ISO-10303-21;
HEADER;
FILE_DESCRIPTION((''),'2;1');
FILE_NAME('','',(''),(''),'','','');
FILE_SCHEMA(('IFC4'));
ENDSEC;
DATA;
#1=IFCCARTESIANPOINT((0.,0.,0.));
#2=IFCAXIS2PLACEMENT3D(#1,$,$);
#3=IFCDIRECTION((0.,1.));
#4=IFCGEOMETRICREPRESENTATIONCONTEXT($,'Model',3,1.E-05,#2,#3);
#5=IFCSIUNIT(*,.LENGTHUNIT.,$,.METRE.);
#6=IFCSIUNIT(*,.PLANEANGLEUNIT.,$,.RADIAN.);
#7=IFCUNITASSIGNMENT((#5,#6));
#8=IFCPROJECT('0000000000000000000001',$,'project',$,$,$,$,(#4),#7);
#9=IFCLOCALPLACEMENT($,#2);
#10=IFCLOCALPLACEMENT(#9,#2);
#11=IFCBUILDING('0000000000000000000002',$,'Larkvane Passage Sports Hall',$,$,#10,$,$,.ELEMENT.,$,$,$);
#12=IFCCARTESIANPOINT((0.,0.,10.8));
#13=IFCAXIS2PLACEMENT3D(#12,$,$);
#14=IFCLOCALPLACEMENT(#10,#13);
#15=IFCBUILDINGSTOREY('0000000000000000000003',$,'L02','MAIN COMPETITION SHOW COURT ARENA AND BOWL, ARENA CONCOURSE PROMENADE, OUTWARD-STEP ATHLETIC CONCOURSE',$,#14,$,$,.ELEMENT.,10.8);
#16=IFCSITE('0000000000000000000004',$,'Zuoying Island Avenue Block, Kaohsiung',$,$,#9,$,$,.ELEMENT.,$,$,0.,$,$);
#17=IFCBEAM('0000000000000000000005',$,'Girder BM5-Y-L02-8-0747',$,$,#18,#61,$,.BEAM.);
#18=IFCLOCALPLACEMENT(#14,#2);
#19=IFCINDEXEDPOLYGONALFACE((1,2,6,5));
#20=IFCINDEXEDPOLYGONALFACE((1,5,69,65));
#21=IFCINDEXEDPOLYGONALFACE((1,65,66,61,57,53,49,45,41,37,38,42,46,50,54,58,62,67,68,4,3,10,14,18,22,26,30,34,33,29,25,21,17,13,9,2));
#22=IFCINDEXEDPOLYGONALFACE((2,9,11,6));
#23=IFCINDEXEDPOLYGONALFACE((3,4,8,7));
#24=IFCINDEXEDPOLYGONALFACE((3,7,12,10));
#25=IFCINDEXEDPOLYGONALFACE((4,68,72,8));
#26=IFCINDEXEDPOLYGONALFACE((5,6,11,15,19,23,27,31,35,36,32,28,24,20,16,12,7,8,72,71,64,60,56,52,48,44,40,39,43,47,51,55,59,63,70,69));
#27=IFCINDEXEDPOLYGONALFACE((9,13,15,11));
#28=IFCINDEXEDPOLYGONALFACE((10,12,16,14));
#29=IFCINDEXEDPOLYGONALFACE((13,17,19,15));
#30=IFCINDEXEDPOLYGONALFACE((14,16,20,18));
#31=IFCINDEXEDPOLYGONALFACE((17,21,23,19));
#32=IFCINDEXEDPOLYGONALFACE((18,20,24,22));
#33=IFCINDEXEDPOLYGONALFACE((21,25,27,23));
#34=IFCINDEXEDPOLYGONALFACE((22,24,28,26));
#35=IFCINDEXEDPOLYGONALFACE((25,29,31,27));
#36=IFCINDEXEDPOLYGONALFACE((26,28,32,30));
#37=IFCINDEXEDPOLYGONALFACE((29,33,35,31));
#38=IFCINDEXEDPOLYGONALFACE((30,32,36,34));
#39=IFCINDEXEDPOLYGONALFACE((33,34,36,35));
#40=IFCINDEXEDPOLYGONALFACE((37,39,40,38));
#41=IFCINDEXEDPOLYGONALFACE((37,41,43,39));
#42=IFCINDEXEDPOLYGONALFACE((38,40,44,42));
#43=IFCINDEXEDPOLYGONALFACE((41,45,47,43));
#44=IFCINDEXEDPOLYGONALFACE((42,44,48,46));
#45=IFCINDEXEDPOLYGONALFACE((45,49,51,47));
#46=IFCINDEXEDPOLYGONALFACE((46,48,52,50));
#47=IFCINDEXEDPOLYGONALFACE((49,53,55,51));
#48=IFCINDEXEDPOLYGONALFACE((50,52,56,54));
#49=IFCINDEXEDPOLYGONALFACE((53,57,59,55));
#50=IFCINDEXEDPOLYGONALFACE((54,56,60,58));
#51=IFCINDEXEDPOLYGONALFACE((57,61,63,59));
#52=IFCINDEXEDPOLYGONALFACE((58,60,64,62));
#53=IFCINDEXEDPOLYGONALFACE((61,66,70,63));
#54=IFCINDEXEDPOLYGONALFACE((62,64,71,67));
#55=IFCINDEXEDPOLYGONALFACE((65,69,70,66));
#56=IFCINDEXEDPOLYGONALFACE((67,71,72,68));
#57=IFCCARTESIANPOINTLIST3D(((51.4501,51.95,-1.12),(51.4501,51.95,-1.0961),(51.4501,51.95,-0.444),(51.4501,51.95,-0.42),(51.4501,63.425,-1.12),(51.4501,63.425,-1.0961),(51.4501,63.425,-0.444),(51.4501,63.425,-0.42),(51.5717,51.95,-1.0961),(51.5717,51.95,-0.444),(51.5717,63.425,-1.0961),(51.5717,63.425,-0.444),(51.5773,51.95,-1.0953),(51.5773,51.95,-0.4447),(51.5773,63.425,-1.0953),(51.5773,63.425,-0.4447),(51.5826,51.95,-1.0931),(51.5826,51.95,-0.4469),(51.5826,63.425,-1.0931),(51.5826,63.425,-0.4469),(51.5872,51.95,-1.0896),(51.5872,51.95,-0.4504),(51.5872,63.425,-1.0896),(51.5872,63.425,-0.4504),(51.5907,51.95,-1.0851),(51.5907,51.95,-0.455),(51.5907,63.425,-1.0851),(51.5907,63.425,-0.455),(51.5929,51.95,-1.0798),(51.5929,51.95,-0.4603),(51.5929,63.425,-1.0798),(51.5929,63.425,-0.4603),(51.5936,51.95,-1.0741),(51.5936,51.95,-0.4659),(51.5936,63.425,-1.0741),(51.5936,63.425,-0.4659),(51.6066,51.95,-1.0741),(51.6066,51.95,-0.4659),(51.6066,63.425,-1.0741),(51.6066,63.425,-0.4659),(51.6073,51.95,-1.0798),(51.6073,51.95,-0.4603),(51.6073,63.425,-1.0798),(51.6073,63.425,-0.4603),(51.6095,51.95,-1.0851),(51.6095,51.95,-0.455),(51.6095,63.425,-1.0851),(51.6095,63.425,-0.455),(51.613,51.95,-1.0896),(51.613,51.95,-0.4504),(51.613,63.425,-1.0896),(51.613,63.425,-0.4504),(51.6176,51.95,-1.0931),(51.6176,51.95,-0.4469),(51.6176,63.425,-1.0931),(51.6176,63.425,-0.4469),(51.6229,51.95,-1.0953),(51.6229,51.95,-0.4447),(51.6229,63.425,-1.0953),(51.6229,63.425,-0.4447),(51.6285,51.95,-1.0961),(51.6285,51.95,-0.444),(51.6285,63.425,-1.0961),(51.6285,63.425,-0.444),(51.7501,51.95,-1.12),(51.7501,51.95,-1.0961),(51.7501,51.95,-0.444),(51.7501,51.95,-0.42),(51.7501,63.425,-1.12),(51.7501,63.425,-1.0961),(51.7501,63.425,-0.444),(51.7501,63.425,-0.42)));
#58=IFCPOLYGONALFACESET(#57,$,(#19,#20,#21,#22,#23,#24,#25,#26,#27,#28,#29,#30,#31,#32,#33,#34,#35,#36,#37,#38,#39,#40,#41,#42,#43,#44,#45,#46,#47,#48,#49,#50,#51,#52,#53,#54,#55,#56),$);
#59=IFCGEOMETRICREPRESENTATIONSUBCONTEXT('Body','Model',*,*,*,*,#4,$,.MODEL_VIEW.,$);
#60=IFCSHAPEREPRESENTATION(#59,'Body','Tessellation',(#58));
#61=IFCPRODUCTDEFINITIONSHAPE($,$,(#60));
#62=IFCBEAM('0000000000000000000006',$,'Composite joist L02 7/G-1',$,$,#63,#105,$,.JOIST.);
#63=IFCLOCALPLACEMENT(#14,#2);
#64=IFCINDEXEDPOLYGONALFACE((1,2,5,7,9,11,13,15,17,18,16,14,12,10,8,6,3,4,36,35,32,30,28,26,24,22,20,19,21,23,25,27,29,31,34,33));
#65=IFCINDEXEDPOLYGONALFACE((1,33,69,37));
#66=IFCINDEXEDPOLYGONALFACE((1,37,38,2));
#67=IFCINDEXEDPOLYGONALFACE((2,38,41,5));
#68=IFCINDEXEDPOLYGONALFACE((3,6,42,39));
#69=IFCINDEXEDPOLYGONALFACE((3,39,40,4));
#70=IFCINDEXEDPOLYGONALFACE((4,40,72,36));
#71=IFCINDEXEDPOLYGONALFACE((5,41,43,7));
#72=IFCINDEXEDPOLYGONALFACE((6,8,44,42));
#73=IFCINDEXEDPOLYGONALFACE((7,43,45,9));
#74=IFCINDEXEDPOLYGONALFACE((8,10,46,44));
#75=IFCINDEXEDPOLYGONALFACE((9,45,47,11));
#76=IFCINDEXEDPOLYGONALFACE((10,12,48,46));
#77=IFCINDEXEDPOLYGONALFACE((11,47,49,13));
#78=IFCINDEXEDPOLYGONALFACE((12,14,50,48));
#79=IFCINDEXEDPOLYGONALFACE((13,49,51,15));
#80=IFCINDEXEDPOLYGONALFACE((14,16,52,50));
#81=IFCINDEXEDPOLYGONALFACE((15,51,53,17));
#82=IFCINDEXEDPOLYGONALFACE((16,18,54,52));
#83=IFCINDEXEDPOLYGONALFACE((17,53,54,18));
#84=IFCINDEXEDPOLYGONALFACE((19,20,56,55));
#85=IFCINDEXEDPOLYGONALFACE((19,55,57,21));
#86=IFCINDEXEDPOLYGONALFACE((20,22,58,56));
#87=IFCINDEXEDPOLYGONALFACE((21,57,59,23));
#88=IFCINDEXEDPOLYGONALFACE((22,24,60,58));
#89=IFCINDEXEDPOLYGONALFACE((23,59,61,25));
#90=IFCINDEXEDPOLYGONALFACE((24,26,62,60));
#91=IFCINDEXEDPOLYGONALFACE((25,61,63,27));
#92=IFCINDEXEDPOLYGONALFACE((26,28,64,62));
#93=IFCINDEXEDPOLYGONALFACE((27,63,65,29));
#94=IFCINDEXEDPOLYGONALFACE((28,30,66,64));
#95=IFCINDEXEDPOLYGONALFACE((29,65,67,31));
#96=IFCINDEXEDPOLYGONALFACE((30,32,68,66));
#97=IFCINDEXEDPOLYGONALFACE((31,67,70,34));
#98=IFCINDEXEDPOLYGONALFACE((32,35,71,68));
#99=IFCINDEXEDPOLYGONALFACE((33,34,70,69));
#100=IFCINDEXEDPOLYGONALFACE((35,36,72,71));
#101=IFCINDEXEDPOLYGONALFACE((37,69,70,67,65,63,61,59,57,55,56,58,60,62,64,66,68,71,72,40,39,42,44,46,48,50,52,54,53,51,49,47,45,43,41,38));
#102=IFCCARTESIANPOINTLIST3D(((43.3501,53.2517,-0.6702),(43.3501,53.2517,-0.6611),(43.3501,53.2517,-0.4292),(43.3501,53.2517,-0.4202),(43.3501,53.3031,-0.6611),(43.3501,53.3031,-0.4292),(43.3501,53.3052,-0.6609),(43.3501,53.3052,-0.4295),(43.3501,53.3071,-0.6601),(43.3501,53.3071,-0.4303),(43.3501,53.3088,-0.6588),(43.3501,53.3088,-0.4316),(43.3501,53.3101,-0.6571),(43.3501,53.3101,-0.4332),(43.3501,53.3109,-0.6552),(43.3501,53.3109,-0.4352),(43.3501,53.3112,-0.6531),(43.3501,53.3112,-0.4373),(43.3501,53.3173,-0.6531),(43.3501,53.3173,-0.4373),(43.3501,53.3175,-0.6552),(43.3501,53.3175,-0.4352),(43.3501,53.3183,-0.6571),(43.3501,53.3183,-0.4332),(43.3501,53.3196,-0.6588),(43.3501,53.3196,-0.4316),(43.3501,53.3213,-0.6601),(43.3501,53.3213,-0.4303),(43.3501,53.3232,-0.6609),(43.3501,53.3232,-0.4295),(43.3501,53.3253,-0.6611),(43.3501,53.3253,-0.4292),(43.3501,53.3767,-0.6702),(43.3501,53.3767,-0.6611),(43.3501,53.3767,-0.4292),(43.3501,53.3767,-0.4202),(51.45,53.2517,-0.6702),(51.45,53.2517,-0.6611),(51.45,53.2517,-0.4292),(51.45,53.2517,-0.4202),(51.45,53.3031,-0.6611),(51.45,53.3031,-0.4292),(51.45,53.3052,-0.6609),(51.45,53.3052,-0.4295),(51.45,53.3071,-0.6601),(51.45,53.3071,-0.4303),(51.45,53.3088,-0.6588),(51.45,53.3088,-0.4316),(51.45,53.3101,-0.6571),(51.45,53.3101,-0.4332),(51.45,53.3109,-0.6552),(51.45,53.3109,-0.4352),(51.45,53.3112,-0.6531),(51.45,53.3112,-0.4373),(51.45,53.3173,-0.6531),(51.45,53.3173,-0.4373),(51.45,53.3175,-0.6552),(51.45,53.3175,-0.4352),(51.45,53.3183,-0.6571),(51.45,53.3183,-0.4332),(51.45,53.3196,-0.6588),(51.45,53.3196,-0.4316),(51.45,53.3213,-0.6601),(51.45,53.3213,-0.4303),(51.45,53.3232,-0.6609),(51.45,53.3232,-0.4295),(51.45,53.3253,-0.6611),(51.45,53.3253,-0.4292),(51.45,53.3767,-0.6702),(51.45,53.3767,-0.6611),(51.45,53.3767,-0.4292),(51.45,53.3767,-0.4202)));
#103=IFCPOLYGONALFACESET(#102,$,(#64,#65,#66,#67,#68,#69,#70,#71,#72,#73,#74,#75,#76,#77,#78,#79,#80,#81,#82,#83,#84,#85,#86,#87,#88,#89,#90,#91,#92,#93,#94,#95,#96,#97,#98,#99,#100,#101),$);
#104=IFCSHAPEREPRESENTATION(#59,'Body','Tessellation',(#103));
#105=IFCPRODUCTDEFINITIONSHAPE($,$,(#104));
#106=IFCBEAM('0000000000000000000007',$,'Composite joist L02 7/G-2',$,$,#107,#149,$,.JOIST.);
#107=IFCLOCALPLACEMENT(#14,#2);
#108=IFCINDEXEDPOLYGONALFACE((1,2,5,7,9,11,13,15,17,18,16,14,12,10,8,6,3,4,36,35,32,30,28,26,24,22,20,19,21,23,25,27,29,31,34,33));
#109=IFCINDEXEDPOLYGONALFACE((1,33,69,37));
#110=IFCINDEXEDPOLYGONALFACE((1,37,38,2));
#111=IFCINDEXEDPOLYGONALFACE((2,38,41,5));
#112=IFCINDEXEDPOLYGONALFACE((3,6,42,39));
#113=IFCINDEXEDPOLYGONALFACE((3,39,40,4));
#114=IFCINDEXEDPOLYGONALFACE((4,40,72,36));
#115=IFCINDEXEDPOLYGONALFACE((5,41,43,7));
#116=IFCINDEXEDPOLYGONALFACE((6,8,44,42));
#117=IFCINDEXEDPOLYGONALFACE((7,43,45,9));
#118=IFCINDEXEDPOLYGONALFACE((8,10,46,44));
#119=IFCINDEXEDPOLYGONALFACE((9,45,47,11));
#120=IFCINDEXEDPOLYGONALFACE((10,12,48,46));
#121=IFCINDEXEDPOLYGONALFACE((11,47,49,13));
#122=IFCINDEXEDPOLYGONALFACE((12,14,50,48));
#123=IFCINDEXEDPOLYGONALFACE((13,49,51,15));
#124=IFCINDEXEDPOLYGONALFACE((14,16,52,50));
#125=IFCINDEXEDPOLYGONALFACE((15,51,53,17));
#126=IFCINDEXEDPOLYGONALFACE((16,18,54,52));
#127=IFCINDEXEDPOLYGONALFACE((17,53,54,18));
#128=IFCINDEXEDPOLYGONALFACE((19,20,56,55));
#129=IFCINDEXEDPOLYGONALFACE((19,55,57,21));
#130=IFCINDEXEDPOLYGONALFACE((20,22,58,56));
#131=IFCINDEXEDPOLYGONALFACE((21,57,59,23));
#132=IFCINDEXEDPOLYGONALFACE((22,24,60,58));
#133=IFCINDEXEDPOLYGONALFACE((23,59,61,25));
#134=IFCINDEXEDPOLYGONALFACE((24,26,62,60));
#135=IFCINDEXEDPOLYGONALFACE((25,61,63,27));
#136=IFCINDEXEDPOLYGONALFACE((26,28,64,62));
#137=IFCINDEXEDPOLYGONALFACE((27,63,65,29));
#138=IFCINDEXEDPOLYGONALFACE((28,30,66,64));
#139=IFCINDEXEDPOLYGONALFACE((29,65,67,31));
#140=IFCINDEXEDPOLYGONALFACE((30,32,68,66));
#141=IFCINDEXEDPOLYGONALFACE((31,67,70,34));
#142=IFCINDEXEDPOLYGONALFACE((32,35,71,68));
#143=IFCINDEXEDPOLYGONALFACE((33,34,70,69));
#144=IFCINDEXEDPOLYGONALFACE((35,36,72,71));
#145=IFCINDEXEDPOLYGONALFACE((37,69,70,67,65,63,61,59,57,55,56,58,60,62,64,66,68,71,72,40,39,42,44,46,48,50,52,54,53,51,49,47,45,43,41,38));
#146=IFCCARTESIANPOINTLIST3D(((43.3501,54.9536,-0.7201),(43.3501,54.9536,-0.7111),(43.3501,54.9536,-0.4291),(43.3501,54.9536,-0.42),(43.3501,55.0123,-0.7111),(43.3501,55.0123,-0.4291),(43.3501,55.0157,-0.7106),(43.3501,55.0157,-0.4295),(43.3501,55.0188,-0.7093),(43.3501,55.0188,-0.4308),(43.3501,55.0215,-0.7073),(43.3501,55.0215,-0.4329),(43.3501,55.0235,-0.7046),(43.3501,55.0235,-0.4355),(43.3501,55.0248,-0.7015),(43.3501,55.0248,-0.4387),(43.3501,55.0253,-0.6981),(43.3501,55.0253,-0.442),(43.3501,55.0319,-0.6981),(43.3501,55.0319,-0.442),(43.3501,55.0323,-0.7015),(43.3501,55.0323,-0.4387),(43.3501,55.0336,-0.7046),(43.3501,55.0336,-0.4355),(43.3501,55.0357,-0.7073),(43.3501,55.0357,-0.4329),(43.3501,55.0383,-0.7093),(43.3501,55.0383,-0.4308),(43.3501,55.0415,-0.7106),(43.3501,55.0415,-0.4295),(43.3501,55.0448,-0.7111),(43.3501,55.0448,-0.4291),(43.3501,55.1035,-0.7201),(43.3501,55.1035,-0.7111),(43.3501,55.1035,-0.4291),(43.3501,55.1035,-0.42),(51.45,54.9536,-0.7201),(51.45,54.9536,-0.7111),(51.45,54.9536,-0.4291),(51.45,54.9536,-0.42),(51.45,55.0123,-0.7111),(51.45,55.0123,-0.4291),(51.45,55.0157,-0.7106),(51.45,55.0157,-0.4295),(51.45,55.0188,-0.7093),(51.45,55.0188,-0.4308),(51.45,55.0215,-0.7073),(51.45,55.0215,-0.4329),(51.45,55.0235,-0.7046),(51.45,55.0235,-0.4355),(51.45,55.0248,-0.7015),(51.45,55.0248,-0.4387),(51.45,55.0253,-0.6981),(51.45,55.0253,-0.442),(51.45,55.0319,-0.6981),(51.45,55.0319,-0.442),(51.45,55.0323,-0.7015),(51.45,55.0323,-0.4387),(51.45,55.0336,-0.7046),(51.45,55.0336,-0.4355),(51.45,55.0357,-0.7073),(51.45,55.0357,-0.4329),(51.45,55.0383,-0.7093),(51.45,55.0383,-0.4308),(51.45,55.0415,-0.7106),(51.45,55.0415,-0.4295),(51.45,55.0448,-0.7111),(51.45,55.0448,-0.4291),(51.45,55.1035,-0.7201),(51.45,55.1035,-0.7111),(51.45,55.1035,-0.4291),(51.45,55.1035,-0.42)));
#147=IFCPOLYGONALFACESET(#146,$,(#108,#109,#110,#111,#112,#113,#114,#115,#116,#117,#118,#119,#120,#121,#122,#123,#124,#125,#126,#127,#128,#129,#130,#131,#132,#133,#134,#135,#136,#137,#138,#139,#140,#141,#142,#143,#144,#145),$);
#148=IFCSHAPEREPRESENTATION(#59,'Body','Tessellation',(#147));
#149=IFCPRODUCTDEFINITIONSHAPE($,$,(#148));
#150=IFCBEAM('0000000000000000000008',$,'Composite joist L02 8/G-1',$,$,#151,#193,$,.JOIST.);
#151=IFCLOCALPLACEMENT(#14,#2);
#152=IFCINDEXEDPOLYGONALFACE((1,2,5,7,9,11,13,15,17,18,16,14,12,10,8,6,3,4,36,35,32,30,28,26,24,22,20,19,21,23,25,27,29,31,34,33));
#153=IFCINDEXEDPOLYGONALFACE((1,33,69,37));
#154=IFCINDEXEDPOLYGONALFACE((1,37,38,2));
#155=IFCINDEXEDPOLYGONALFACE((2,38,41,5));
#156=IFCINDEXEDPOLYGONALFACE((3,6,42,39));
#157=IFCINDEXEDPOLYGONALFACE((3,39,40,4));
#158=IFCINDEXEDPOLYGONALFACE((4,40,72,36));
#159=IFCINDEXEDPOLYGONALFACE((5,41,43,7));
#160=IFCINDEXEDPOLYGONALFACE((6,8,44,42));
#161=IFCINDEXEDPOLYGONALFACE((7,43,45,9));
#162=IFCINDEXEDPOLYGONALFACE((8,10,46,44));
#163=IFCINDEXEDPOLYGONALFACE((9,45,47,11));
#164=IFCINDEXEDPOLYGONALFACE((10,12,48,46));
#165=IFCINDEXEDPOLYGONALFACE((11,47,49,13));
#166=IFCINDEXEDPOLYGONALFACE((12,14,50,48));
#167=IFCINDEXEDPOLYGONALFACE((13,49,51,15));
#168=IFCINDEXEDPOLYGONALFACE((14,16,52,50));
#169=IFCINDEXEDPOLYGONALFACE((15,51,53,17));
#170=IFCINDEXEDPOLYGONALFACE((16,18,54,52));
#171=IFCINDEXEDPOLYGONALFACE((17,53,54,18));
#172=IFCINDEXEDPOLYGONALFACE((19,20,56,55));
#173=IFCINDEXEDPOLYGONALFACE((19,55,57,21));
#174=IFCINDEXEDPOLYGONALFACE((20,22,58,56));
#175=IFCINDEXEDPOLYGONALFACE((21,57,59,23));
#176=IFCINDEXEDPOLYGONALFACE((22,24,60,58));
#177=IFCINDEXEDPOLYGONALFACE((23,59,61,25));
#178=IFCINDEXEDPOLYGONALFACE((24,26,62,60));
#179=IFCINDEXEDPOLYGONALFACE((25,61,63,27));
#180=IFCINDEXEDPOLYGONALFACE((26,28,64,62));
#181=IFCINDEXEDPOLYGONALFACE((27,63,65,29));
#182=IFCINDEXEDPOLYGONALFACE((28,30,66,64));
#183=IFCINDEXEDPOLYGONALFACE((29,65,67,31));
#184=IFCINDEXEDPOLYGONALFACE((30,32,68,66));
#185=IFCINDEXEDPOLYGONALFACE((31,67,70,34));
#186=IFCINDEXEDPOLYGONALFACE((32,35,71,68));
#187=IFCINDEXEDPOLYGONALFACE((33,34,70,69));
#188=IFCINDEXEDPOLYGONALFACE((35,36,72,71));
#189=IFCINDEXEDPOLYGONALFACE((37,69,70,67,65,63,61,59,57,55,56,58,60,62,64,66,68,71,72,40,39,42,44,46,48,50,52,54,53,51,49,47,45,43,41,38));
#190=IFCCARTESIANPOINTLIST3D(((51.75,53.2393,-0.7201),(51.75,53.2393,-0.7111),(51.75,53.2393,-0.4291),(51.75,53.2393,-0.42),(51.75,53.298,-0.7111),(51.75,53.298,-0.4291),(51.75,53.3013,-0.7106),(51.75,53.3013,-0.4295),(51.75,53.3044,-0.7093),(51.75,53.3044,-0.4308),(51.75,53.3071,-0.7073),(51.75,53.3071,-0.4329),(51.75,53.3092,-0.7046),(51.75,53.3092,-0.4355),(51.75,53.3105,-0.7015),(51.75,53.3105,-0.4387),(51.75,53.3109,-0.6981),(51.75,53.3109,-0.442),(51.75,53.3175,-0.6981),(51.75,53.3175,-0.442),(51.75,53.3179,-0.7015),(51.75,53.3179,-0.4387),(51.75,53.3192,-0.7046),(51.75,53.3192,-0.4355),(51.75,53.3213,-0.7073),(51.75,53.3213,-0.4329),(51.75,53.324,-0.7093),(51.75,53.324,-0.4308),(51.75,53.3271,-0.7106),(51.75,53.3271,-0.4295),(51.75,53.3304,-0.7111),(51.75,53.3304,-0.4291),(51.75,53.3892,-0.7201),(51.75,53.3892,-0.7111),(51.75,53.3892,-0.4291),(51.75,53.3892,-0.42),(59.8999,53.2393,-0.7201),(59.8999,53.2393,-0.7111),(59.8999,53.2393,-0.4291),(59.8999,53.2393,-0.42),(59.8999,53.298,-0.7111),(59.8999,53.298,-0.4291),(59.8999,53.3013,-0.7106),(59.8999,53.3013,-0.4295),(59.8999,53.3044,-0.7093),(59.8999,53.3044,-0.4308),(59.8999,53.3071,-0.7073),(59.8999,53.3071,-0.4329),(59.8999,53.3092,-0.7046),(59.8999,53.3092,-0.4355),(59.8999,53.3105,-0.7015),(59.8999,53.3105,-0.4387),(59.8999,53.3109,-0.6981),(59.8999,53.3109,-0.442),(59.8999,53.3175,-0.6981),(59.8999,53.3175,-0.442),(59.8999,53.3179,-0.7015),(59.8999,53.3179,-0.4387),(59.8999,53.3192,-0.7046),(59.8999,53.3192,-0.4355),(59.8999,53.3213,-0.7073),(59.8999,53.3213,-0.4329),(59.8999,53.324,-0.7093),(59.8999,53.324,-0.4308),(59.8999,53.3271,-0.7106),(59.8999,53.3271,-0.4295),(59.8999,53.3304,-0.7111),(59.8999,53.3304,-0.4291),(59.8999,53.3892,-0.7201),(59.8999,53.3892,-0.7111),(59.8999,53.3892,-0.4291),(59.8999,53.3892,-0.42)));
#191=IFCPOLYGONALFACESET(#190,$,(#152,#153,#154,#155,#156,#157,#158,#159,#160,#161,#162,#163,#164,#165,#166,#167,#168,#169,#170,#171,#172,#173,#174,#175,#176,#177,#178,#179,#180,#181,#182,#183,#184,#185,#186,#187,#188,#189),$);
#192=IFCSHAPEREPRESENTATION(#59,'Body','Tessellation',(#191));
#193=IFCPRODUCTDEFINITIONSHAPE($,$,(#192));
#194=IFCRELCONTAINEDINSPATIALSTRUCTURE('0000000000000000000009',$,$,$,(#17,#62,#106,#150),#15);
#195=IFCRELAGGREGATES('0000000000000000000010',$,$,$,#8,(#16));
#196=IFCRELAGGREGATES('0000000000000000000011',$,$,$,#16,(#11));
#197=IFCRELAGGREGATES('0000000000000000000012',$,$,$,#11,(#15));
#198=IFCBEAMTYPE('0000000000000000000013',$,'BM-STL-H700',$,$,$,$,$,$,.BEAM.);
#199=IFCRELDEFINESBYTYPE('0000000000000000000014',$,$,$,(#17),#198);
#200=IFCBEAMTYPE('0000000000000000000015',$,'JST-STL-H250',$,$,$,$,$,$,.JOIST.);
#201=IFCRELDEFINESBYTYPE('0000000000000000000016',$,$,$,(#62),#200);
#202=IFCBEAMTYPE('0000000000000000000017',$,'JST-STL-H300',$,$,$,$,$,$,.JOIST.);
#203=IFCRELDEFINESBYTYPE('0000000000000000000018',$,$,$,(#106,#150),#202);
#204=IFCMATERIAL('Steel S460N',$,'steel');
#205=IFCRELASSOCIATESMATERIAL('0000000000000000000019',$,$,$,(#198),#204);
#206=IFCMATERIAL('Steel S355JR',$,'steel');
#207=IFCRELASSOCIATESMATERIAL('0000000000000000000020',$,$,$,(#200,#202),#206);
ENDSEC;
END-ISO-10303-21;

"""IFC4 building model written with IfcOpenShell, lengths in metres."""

from ifc_helpers import new_model, si_unit, direction, frame, origin, origin_2d, place, context, subcontext, project, spatial, i_section, extrude, material, material_profile, profile_set, type_object, element, save


model = new_model("IFC4")

# Units and contexts
model_context = context("Model", 3, precision=1e-05, world=origin(), true_north=direction((0.0, 1.0)))
body_context = subcontext(model_context, "Body", "Model", "MODEL_VIEW")
ifc_project = project(units=[si_unit("LENGTHUNIT", "METRE"), si_unit("PLANEANGLEUNIT", "RADIAN")], contexts=[model_context])

# Site, building, storey
site_placement = place(None, origin())
site = spatial("IfcSite", under=ifc_project, at=site_placement, Name="Zuoying Island Avenue Block, Kaohsiung", CompositionType="ELEMENT", RefElevation=0.0)
building_placement = place(site_placement, origin())
building = spatial("IfcBuilding", under=site, at=building_placement, Name="Larkvane Passage Sports Hall", CompositionType="ELEMENT")
storey_placement = place(building_placement, frame((0.0, 0.0, 10.8)))
storey = spatial("IfcBuildingStorey", under=building, at=storey_placement, Name="L02", Description="MAIN COMPETITION SHOW COURT ARENA AND BOWL, ARENA CONCOURSE PROMENADE, OUTWARD-STEP ATHLETIC CONCOURSE", CompositionType="ELEMENT", Elevation=10.8)

# Beams
ifc_material_1 = material(Name="Steel S355JR", Category="steel")
ifc_material_2 = material(Name="Steel S460N", Category="steel")
ifc_material_profile_1 = material_profile(ifc_material_2, i_section(OverallWidth=0.3, OverallDepth=0.7, WebThickness=0.0129, FlangeThickness=0.0239, FilletRadius=0.022, at=origin_2d()), Name="H-700x300x13x24")
ifc_profile_set_1 = profile_set([ifc_material_profile_1], Name="Steel S460N")
beam_type_1 = type_object("IfcBeamType", Name="BM-STL-H700", PredefinedType="BEAM", material=ifc_profile_set_1)
beam_1_placement = place(storey_placement, frame((51.6001, 51.95, -0.77), z_axis=(0.0, 1.0, 0.0), x_axis=(-1.0, 0.0, 0.0)))
element("IfcBeam", 1, at=beam_1_placement, inside=storey, type_object=beam_type_1, Name="Girder BM5-Y-L02-8-0747", PredefinedType="BEAM", context=body_context, shape_type="SweptSolid", body=[
    extrude(i_section(OverallWidth=0.3, OverallDepth=0.7, WebThickness=0.0129, FlangeThickness=0.0239, FilletRadius=0.022, at=origin_2d()), origin(), (0.0, 0.0, 1.0), 11.4751),
])
ifc_material_profile_2 = material_profile(ifc_material_1, i_section(OverallWidth=0.125, OverallDepth=0.25, WebThickness=0.0061, FlangeThickness=0.009, FilletRadius=0.0081, at=origin_2d()), Name="H-250x125x6x9")
ifc_profile_set_2 = profile_set([ifc_material_profile_2], Name="Steel S355JR")
beam_type_2 = type_object("IfcBeamType", Name="JST-STL-H250", PredefinedType="JOIST", material=ifc_profile_set_2)
beam_2_placement = place(storey_placement, frame((43.3501, 53.3142, -0.5452), z_axis=(1.0, 0.0, 0.0), x_axis=(0.0, 1.0, 0.0)))
element("IfcBeam", 2, at=beam_2_placement, inside=storey, type_object=beam_type_2, Name="Composite joist L02 7/G-1", PredefinedType="JOIST", context=body_context, shape_type="SweptSolid", body=[
    extrude(i_section(OverallWidth=0.125, OverallDepth=0.25, WebThickness=0.0061, FlangeThickness=0.009, FilletRadius=0.0081, at=origin_2d()), origin(), (0.0, 0.0, 1.0), 8.0999),
])
ifc_material_profile_3 = material_profile(ifc_material_1, i_section(OverallWidth=0.1499, OverallDepth=0.3, WebThickness=0.0066, FlangeThickness=0.009, FilletRadius=0.0129, at=origin_2d()), Name="H-300x150x6.5x9")
ifc_profile_set_3 = profile_set([ifc_material_profile_3], Name="Steel S355JR")
beam_type_3 = type_object("IfcBeamType", Name="JST-STL-H300", PredefinedType="JOIST", material=ifc_profile_set_3)
beam_3_placement = place(storey_placement, frame((43.3501, 55.0286, -0.5701), z_axis=(1.0, 0.0, 0.0), x_axis=(0.0, 1.0, 0.0)))
element("IfcBeam", 3, at=beam_3_placement, inside=storey, type_object=beam_type_3, Name="Composite joist L02 7/G-2", PredefinedType="JOIST", context=body_context, shape_type="SweptSolid", body=[
    extrude(i_section(OverallWidth=0.1499, OverallDepth=0.3, WebThickness=0.0066, FlangeThickness=0.009, FilletRadius=0.0129, at=origin_2d()), origin(), (0.0, 0.0, 1.0), 8.0999),
])
beam_4_placement = place(storey_placement, frame((51.75, 53.3142, -0.5701), z_axis=(1.0, 0.0, 0.0), x_axis=(0.0, 1.0, 0.0)))
element("IfcBeam", 4, at=beam_4_placement, inside=storey, type_object=beam_type_3, Name="Composite joist L02 8/G-1", PredefinedType="JOIST", context=body_context, shape_type="SweptSolid", body=[
    extrude(i_section(OverallWidth=0.1499, OverallDepth=0.3, WebThickness=0.0066, FlangeThickness=0.009, FilletRadius=0.0129, at=origin_2d()), origin(), (0.0, 0.0, 1.0), 8.1499),
])

save(model, "model.ifc")
